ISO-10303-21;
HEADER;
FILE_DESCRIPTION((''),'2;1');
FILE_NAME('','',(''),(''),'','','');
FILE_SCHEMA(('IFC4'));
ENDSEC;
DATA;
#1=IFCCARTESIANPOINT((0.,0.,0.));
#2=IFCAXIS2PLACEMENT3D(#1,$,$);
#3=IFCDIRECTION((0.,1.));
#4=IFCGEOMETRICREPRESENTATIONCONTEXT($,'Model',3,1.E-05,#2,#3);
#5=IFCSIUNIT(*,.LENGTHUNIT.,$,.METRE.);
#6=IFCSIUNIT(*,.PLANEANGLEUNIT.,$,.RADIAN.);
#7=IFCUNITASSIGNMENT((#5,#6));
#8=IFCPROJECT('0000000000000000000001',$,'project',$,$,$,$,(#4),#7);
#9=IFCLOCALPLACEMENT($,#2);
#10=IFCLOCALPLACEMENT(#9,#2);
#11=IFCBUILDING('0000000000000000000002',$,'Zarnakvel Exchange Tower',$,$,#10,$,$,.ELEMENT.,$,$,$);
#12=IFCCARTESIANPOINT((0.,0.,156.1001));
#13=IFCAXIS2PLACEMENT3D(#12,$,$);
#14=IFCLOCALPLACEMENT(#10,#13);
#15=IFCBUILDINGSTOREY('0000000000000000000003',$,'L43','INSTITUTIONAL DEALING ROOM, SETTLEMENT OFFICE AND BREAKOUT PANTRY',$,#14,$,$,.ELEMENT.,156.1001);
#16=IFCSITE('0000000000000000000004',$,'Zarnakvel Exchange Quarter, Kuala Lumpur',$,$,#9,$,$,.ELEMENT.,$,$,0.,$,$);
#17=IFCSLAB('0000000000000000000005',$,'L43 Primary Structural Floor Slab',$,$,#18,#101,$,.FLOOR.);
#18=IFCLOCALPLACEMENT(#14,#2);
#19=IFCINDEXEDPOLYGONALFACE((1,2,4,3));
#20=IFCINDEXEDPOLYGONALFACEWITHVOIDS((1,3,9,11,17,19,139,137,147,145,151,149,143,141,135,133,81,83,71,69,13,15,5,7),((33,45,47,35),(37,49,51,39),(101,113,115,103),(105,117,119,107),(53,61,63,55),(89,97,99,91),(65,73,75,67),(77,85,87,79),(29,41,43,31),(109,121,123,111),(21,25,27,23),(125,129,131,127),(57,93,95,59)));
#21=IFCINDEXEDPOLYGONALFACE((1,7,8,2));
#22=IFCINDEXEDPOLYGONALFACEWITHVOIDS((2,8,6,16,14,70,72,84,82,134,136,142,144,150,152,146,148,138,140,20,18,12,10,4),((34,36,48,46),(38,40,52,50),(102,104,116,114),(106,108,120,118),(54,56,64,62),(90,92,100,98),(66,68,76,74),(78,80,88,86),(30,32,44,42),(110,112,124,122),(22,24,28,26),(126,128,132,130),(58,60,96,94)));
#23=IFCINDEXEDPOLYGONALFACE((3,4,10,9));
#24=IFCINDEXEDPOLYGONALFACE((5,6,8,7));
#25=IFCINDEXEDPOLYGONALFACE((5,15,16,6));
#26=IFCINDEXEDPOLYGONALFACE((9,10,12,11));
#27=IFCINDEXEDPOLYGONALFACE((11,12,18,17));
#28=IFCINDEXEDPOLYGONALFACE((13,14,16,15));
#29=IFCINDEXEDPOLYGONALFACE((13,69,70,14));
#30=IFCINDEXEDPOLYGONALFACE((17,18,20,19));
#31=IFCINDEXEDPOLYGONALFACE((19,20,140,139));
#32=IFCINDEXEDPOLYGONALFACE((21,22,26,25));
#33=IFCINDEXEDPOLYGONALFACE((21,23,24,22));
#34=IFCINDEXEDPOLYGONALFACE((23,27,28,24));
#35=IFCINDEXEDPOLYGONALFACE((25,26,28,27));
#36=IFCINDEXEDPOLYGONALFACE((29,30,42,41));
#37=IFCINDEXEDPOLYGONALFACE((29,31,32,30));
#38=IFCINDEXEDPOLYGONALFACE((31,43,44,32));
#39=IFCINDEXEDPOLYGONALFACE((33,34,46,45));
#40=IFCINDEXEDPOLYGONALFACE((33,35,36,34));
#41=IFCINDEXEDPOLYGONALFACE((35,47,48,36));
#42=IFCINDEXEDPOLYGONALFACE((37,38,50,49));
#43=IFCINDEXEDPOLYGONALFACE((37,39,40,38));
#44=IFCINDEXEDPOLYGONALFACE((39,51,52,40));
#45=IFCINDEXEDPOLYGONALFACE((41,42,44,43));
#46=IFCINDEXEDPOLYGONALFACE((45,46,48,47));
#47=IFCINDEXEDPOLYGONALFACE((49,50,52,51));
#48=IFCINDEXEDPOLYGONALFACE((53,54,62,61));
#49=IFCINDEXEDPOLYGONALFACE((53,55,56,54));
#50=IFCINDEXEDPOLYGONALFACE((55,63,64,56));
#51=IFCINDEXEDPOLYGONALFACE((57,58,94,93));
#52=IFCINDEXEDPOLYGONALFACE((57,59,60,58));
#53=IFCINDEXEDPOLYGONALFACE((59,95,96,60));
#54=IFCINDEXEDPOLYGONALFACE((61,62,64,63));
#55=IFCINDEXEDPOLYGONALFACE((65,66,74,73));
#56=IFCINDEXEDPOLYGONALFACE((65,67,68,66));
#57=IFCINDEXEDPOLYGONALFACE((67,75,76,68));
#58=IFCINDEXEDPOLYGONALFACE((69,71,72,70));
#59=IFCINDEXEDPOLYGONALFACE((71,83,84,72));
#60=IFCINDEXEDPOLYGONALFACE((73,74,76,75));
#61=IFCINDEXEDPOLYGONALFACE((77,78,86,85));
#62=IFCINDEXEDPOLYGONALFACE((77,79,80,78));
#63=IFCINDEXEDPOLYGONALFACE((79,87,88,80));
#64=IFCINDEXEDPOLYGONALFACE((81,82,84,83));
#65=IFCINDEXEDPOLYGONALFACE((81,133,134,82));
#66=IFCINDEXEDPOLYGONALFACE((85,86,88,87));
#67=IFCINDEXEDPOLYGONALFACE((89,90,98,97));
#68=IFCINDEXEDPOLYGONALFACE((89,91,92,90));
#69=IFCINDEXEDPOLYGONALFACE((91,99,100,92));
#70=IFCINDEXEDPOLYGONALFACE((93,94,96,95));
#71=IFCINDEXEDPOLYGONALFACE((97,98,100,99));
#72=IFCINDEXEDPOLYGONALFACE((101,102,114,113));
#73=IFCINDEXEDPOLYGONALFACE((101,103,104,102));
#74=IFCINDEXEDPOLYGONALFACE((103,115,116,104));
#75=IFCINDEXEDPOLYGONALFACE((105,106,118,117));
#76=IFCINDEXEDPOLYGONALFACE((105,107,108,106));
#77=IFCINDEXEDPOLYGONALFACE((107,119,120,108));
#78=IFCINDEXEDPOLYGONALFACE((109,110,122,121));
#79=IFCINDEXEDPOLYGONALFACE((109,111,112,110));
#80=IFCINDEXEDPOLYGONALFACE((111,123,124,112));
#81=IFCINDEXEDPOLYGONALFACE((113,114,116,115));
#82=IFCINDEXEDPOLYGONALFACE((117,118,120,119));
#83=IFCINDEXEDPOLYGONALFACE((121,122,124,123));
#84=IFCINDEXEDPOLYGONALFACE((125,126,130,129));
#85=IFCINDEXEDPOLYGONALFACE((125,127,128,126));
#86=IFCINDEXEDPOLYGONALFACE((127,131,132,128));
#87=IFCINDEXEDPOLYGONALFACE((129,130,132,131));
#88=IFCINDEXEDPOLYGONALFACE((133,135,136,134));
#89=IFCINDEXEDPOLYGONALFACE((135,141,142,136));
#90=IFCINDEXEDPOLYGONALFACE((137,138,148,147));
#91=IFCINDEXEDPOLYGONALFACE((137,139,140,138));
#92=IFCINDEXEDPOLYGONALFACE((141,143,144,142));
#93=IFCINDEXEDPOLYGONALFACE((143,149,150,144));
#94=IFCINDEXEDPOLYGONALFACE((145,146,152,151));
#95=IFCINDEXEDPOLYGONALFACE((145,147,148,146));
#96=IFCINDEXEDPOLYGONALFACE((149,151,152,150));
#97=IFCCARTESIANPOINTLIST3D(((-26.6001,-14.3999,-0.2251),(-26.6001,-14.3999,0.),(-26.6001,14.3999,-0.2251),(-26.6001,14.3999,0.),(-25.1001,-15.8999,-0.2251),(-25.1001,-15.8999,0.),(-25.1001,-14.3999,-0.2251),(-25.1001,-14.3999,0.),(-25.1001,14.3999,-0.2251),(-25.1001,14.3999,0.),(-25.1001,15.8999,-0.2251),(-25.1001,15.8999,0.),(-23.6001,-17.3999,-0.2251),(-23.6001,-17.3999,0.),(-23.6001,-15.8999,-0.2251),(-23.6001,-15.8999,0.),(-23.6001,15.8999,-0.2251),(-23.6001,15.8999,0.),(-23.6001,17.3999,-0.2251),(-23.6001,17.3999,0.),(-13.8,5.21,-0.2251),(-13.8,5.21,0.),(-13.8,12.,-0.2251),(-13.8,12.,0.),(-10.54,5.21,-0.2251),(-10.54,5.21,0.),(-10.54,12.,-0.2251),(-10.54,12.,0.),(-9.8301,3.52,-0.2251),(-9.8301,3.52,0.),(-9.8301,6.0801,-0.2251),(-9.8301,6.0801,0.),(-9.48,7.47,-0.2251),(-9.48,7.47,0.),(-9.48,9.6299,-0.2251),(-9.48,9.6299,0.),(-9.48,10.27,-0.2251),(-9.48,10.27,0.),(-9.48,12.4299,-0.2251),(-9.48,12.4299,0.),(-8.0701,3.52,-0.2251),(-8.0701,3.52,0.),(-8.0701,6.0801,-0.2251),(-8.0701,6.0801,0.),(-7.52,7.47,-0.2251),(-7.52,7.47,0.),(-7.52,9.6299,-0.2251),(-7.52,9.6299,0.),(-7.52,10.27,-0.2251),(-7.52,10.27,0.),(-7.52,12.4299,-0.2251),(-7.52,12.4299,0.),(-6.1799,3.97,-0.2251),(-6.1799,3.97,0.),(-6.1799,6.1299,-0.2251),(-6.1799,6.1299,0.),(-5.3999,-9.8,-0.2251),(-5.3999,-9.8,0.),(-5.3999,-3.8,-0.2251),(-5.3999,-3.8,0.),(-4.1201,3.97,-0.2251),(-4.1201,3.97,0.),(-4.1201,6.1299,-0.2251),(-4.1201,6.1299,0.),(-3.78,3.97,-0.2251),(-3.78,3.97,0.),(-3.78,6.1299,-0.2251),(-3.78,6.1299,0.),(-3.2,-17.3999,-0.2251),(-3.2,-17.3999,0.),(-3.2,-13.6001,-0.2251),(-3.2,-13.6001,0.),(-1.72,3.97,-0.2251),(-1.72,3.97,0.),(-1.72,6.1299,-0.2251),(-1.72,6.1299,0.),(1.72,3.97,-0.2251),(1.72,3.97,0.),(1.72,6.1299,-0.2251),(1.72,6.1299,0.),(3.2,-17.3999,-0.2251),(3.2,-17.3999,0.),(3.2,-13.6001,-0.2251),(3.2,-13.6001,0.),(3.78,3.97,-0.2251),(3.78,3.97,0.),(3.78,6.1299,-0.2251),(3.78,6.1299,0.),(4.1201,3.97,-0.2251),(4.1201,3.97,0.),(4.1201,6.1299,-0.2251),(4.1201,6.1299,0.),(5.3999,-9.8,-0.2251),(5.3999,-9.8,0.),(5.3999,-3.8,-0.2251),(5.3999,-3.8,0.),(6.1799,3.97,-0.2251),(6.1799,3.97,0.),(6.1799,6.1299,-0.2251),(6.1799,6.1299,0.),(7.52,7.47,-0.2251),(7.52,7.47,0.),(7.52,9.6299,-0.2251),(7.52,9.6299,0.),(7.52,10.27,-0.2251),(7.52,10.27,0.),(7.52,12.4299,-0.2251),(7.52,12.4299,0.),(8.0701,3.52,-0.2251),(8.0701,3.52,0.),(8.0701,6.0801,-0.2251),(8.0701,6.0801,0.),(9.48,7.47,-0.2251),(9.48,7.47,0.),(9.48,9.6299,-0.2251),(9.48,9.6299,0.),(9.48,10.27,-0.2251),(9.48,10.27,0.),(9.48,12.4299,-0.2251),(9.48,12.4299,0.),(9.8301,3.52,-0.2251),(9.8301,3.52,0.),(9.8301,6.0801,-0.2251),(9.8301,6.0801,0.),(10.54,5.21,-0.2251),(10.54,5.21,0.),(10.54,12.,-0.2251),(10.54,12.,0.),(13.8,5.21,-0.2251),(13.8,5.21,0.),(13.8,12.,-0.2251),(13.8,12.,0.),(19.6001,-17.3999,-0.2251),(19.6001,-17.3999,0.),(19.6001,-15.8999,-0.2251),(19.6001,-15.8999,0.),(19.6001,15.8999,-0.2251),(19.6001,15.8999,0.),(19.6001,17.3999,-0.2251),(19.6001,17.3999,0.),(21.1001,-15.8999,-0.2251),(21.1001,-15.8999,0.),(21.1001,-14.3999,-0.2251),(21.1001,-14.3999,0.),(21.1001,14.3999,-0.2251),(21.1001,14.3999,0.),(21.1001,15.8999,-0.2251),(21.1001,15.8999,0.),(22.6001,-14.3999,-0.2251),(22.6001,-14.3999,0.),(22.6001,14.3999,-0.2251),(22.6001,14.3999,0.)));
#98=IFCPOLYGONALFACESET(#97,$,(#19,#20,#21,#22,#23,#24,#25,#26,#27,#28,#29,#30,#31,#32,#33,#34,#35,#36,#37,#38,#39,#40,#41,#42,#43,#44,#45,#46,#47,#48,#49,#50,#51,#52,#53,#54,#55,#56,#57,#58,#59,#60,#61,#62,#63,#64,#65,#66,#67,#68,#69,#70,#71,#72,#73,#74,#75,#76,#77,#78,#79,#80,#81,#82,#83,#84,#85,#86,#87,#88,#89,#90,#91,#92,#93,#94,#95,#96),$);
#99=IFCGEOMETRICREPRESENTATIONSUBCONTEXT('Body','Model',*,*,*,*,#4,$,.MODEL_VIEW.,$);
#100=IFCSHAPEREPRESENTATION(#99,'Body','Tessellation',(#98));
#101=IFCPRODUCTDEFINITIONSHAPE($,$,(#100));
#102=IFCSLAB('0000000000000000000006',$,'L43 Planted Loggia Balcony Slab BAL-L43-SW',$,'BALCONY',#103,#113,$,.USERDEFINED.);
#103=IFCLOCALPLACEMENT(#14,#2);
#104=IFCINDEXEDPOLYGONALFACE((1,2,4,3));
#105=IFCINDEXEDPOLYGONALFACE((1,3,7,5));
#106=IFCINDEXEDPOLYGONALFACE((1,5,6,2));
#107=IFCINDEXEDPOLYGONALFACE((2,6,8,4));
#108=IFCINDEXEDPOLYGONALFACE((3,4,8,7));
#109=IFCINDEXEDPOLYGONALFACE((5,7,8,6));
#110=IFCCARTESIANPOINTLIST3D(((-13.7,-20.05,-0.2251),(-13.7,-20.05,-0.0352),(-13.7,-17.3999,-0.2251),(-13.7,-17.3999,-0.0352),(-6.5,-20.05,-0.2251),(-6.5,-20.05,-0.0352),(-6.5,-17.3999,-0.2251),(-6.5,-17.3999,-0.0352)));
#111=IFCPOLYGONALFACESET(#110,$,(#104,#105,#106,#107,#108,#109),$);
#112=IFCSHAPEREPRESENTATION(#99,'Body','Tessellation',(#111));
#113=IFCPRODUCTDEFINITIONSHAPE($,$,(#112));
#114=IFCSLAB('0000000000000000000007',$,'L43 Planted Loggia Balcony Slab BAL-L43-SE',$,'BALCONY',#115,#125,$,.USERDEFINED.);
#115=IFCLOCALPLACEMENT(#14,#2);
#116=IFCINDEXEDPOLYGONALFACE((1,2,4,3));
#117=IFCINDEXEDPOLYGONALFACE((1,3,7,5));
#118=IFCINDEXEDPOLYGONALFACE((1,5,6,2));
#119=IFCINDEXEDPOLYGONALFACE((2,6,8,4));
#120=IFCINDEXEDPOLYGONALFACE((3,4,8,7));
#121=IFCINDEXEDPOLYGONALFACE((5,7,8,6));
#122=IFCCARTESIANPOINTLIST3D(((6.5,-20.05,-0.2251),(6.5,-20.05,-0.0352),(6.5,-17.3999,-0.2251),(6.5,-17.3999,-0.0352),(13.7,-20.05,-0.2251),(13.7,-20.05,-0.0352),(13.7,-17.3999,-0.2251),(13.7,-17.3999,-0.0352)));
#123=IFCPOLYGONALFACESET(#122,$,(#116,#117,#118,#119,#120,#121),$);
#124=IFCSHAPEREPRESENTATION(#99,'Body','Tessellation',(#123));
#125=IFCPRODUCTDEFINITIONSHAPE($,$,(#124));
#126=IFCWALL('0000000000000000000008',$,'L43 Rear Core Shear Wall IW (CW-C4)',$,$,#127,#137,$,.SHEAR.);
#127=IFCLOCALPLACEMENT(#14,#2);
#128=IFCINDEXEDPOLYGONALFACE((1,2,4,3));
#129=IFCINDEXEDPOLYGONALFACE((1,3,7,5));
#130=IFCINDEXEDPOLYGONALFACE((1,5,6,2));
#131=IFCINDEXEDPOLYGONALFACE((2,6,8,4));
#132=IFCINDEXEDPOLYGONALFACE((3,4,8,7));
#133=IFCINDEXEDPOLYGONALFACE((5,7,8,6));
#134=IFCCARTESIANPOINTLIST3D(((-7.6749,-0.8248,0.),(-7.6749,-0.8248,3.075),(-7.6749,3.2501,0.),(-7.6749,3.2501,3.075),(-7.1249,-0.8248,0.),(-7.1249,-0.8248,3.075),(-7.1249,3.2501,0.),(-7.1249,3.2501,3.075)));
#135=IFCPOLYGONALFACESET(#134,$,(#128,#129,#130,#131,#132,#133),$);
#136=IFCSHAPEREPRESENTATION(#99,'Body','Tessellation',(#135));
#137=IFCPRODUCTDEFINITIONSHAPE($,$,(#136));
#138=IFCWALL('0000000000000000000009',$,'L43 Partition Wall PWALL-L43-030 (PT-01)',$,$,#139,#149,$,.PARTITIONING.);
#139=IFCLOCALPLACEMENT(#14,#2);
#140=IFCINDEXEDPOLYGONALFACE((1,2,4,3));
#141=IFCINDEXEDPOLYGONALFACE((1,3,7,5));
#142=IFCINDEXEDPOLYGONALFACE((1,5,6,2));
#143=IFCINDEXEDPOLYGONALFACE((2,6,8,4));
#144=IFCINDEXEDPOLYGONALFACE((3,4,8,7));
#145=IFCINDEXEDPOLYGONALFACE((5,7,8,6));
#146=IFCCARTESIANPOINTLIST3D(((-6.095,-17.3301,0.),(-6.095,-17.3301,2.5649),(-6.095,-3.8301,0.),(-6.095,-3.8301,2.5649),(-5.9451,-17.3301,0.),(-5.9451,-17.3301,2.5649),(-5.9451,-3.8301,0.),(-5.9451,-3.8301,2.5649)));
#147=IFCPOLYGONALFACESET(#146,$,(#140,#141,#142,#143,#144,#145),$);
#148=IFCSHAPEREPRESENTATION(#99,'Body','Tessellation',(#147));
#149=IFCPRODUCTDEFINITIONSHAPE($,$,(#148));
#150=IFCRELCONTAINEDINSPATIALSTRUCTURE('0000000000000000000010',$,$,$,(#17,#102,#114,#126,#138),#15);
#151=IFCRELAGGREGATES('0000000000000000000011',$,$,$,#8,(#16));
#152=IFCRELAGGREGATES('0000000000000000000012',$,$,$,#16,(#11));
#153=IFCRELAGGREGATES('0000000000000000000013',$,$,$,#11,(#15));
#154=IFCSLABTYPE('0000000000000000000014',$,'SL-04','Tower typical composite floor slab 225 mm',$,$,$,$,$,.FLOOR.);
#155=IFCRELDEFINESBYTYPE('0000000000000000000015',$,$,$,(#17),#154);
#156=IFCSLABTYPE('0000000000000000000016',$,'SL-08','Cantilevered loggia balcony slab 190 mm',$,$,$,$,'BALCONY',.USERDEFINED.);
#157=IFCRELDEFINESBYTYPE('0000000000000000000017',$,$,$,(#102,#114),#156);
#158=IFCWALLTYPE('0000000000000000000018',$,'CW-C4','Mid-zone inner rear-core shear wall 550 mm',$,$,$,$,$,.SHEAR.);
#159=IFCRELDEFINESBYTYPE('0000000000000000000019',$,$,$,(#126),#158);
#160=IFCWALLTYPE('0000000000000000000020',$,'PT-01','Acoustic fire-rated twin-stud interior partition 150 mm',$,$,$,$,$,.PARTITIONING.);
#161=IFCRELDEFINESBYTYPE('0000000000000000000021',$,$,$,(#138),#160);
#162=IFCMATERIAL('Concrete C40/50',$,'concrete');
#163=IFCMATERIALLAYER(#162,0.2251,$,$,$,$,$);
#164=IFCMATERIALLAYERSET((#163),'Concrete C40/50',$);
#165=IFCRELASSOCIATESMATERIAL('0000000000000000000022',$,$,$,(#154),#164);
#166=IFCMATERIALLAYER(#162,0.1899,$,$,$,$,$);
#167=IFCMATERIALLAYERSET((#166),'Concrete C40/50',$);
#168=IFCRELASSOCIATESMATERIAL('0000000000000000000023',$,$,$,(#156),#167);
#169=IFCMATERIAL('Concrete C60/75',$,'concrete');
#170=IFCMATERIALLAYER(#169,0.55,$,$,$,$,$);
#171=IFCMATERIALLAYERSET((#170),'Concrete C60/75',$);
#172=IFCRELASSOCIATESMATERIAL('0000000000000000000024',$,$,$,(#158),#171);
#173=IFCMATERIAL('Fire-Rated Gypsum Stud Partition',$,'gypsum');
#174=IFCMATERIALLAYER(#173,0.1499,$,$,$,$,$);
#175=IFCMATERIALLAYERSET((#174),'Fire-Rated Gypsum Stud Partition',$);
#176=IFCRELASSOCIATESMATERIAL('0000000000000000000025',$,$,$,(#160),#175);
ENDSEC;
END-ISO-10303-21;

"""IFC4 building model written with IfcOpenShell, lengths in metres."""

from ifc_helpers import new_model, si_unit, direction, frame, frame_2d, origin, place, context, subcontext, project, spatial, polyline, rectangle, outline, extrude, material, layer, layer_set, type_object, element, save


model = new_model("IFC4")

# Units and contexts
model_context = context("Model", 3, precision=1e-05, world=origin(), true_north=direction((0.0, 1.0)))
body_context = subcontext(model_context, "Body", "Model", "MODEL_VIEW")
ifc_project = project(units=[si_unit("LENGTHUNIT", "METRE"), si_unit("PLANEANGLEUNIT", "RADIAN")], contexts=[model_context])

# Site, building, storey
site_placement = place(None, origin())
site = spatial("IfcSite", under=ifc_project, at=site_placement, Name="Zarnakvel Exchange Quarter, Kuala Lumpur", CompositionType="ELEMENT", RefElevation=0.0)
building_placement = place(site_placement, origin())
building = spatial("IfcBuilding", under=site, at=building_placement, Name="Zarnakvel Exchange Tower", CompositionType="ELEMENT")
storey_placement = place(building_placement, frame((0.0, 0.0, 156.1001)))
storey = spatial("IfcBuildingStorey", under=building, at=storey_placement, Name="L43", Description="INSTITUTIONAL DEALING ROOM, SETTLEMENT OFFICE AND BREAKOUT PANTRY", CompositionType="ELEMENT", Elevation=156.1001)

# Shared definitions
ifc_material_1 = material(Name="Concrete C60/75", Category="concrete")

# Slabs
ifc_material_2 = material(Name="Concrete C40/50", Category="concrete")
ifc_layer_1 = layer(ifc_material_2, 0.2251)
ifc_layer_set_1 = layer_set([ifc_layer_1], Name="Concrete C40/50")
slab_type_1 = type_object("IfcSlabType", Name="SL-04", Description="Tower typical composite floor slab 225 mm", PredefinedType="FLOOR", material=ifc_layer_set_1)
slab_1_placement = place(storey_placement, frame((0.0, 0.0, -0.2251)))
element("IfcSlab", 1, at=slab_1_placement, inside=storey, type_object=slab_type_1, Name="L43 Primary Structural Floor Slab", PredefinedType="FLOOR", context=body_context, shape_type="SweptSolid", body=[
    extrude(outline(polyline([(-26.6001, -14.3999), (-25.1001, -14.3999), (-25.1001, -15.8999), (-23.6001, -15.8999), (-23.6001, -17.3999), (-3.2, -17.3999), (-3.2, -13.6001), (3.2, -13.6001), (3.2, -17.3999), (19.6001, -17.3999), (19.6001, -15.8999), (21.1001, -15.8999), (21.1001, -14.3999), (22.6001, -14.3999), (22.6001, 14.3999), (21.1001, 14.3999), (21.1001, 15.8999), (19.6001, 15.8999), (19.6001, 17.3999), (-23.6001, 17.3999), (-23.6001, 15.8999), (-25.1001, 15.8999), (-25.1001, 14.3999), (-26.6001, 14.3999), (-26.6001, -14.3999)]), holes=[polyline([(-5.3999, -9.8), (5.3999, -9.8), (5.3999, -3.8), (-5.3999, -3.8), (-5.3999, -9.8)]), polyline([(-13.8, 5.21), (-10.54, 5.21), (-10.54, 12.0), (-13.8, 12.0), (-13.8, 5.21)]), polyline([(10.54, 5.21), (13.8, 5.21), (13.8, 12.0), (10.54, 12.0), (10.54, 5.21)]), polyline([(-9.8301, 3.52), (-8.0701, 3.52), (-8.0701, 6.0801), (-9.8301, 6.0801), (-9.8301, 3.52)]), polyline([(8.0701, 3.52), (9.8301, 3.52), (9.8301, 6.0801), (8.0701, 6.0801), (8.0701, 3.52)]), polyline([(-6.1799, 3.97), (-4.1201, 3.97), (-4.1201, 6.1299), (-6.1799, 6.1299), (-6.1799, 3.97)]), polyline([(-3.78, 3.97), (-1.72, 3.97), (-1.72, 6.1299), (-3.78, 6.1299), (-3.78, 3.97)]), polyline([(1.72, 3.97), (3.78, 3.97), (3.78, 6.1299), (1.72, 6.1299), (1.72, 3.97)]), polyline([(4.1201, 3.97), (6.1799, 3.97), (6.1799, 6.1299), (4.1201, 6.1299), (4.1201, 3.97)]), polyline([(-9.48, 7.47), (-7.52, 7.47), (-7.52, 9.6299), (-9.48, 9.6299), (-9.48, 7.47)]), polyline([(-9.48, 10.27), (-7.52, 10.27), (-7.52, 12.4299), (-9.48, 12.4299), (-9.48, 10.27)]), polyline([(7.52, 7.47), (9.48, 7.47), (9.48, 9.6299), (7.52, 9.6299), (7.52, 7.47)]), polyline([(7.52, 10.27), (9.48, 10.27), (9.48, 12.4299), (7.52, 12.4299), (7.52, 10.27)])]), origin(), (0.0, 0.0, 1.0), 0.2251),
])
ifc_layer_2 = layer(ifc_material_2, 0.1899)
ifc_layer_set_2 = layer_set([ifc_layer_2], Name="Concrete C40/50")
slab_type_2 = type_object("IfcSlabType", Name="SL-08", Description="Cantilevered loggia balcony slab 190 mm", ElementType="BALCONY", PredefinedType="USERDEFINED", material=ifc_layer_set_2)
slab_2_placement = place(storey_placement, frame((0.0, 0.0, -0.2251)))
element("IfcSlab", 2, at=slab_2_placement, inside=storey, type_object=slab_type_2, Name="L43 Planted Loggia Balcony Slab BAL-L43-SW", ObjectType="BALCONY", PredefinedType="USERDEFINED", context=body_context, shape_type="SweptSolid", body=[
    extrude(outline(polyline([(-13.7, -20.05), (-6.5, -20.05), (-6.5, -17.3999), (-13.7, -17.3999), (-13.7, -20.05)])), origin(), (0.0, 0.0, 1.0), 0.1899),
])
slab_3_placement = place(storey_placement, frame((0.0, 0.0, -0.2251)))
element("IfcSlab", 3, at=slab_3_placement, inside=storey, type_object=slab_type_2, Name="L43 Planted Loggia Balcony Slab BAL-L43-SE", ObjectType="BALCONY", PredefinedType="USERDEFINED", context=body_context, shape_type="SweptSolid", body=[
    extrude(outline(polyline([(6.5, -20.05), (13.7, -20.05), (13.7, -17.3999), (6.5, -17.3999), (6.5, -20.05)])), origin(), (0.0, 0.0, 1.0), 0.1899),
])

# Walls
ifc_layer_3 = layer(ifc_material_1, 0.55)
ifc_layer_set_3 = layer_set([ifc_layer_3], Name="Concrete C60/75")
wall_type_1 = type_object("IfcWallType", Name="CW-C4", Description="Mid-zone inner rear-core shear wall 550 mm", PredefinedType="SHEAR", material=ifc_layer_set_3)
wall_1_placement = place(storey_placement, frame((-7.3999, -0.825, 0.0), z_axis=(0.0, 0.0, 1.0), x_axis=(0.0, 1.0, 0.0)))
element("IfcWall", 4, at=wall_1_placement, inside=storey, type_object=wall_type_1, Name="L43 Rear Core Shear Wall IW (CW-C4)", PredefinedType="SHEAR", context=body_context, shape_type="SweptSolid", body=[
    extrude(rectangle(XDim=4.075, YDim=0.55, at=frame_2d((2.0376, 0.0))), origin(), (0.0, 0.0, 1.0), 3.075),
])
ifc_material_3 = material(Name="Fire-Rated Gypsum Stud Partition", Category="gypsum")
ifc_layer_4 = layer(ifc_material_3, 0.1499)
ifc_layer_set_4 = layer_set([ifc_layer_4], Name="Fire-Rated Gypsum Stud Partition")
wall_type_2 = type_object("IfcWallType", Name="PT-01", Description="Acoustic fire-rated twin-stud interior partition 150 mm", PredefinedType="PARTITIONING", material=ifc_layer_set_4)
wall_2_placement = place(storey_placement, frame((-6.02, -3.8301, 0.0), z_axis=(0.0, 0.0, 1.0), x_axis=(0.0, -1.0, 0.0)))
element("IfcWall", 5, at=wall_2_placement, inside=storey, type_object=wall_type_2, Name="L43 Partition Wall PWALL-L43-030 (PT-01)", PredefinedType="PARTITIONING", context=body_context, shape_type="SweptSolid", body=[
    extrude(rectangle(XDim=13.5, YDim=0.1499, at=frame_2d((6.75, 0.0))), origin(), (0.0, 0.0, 1.0), 2.5649),
])

save(model, "model.ifc")
